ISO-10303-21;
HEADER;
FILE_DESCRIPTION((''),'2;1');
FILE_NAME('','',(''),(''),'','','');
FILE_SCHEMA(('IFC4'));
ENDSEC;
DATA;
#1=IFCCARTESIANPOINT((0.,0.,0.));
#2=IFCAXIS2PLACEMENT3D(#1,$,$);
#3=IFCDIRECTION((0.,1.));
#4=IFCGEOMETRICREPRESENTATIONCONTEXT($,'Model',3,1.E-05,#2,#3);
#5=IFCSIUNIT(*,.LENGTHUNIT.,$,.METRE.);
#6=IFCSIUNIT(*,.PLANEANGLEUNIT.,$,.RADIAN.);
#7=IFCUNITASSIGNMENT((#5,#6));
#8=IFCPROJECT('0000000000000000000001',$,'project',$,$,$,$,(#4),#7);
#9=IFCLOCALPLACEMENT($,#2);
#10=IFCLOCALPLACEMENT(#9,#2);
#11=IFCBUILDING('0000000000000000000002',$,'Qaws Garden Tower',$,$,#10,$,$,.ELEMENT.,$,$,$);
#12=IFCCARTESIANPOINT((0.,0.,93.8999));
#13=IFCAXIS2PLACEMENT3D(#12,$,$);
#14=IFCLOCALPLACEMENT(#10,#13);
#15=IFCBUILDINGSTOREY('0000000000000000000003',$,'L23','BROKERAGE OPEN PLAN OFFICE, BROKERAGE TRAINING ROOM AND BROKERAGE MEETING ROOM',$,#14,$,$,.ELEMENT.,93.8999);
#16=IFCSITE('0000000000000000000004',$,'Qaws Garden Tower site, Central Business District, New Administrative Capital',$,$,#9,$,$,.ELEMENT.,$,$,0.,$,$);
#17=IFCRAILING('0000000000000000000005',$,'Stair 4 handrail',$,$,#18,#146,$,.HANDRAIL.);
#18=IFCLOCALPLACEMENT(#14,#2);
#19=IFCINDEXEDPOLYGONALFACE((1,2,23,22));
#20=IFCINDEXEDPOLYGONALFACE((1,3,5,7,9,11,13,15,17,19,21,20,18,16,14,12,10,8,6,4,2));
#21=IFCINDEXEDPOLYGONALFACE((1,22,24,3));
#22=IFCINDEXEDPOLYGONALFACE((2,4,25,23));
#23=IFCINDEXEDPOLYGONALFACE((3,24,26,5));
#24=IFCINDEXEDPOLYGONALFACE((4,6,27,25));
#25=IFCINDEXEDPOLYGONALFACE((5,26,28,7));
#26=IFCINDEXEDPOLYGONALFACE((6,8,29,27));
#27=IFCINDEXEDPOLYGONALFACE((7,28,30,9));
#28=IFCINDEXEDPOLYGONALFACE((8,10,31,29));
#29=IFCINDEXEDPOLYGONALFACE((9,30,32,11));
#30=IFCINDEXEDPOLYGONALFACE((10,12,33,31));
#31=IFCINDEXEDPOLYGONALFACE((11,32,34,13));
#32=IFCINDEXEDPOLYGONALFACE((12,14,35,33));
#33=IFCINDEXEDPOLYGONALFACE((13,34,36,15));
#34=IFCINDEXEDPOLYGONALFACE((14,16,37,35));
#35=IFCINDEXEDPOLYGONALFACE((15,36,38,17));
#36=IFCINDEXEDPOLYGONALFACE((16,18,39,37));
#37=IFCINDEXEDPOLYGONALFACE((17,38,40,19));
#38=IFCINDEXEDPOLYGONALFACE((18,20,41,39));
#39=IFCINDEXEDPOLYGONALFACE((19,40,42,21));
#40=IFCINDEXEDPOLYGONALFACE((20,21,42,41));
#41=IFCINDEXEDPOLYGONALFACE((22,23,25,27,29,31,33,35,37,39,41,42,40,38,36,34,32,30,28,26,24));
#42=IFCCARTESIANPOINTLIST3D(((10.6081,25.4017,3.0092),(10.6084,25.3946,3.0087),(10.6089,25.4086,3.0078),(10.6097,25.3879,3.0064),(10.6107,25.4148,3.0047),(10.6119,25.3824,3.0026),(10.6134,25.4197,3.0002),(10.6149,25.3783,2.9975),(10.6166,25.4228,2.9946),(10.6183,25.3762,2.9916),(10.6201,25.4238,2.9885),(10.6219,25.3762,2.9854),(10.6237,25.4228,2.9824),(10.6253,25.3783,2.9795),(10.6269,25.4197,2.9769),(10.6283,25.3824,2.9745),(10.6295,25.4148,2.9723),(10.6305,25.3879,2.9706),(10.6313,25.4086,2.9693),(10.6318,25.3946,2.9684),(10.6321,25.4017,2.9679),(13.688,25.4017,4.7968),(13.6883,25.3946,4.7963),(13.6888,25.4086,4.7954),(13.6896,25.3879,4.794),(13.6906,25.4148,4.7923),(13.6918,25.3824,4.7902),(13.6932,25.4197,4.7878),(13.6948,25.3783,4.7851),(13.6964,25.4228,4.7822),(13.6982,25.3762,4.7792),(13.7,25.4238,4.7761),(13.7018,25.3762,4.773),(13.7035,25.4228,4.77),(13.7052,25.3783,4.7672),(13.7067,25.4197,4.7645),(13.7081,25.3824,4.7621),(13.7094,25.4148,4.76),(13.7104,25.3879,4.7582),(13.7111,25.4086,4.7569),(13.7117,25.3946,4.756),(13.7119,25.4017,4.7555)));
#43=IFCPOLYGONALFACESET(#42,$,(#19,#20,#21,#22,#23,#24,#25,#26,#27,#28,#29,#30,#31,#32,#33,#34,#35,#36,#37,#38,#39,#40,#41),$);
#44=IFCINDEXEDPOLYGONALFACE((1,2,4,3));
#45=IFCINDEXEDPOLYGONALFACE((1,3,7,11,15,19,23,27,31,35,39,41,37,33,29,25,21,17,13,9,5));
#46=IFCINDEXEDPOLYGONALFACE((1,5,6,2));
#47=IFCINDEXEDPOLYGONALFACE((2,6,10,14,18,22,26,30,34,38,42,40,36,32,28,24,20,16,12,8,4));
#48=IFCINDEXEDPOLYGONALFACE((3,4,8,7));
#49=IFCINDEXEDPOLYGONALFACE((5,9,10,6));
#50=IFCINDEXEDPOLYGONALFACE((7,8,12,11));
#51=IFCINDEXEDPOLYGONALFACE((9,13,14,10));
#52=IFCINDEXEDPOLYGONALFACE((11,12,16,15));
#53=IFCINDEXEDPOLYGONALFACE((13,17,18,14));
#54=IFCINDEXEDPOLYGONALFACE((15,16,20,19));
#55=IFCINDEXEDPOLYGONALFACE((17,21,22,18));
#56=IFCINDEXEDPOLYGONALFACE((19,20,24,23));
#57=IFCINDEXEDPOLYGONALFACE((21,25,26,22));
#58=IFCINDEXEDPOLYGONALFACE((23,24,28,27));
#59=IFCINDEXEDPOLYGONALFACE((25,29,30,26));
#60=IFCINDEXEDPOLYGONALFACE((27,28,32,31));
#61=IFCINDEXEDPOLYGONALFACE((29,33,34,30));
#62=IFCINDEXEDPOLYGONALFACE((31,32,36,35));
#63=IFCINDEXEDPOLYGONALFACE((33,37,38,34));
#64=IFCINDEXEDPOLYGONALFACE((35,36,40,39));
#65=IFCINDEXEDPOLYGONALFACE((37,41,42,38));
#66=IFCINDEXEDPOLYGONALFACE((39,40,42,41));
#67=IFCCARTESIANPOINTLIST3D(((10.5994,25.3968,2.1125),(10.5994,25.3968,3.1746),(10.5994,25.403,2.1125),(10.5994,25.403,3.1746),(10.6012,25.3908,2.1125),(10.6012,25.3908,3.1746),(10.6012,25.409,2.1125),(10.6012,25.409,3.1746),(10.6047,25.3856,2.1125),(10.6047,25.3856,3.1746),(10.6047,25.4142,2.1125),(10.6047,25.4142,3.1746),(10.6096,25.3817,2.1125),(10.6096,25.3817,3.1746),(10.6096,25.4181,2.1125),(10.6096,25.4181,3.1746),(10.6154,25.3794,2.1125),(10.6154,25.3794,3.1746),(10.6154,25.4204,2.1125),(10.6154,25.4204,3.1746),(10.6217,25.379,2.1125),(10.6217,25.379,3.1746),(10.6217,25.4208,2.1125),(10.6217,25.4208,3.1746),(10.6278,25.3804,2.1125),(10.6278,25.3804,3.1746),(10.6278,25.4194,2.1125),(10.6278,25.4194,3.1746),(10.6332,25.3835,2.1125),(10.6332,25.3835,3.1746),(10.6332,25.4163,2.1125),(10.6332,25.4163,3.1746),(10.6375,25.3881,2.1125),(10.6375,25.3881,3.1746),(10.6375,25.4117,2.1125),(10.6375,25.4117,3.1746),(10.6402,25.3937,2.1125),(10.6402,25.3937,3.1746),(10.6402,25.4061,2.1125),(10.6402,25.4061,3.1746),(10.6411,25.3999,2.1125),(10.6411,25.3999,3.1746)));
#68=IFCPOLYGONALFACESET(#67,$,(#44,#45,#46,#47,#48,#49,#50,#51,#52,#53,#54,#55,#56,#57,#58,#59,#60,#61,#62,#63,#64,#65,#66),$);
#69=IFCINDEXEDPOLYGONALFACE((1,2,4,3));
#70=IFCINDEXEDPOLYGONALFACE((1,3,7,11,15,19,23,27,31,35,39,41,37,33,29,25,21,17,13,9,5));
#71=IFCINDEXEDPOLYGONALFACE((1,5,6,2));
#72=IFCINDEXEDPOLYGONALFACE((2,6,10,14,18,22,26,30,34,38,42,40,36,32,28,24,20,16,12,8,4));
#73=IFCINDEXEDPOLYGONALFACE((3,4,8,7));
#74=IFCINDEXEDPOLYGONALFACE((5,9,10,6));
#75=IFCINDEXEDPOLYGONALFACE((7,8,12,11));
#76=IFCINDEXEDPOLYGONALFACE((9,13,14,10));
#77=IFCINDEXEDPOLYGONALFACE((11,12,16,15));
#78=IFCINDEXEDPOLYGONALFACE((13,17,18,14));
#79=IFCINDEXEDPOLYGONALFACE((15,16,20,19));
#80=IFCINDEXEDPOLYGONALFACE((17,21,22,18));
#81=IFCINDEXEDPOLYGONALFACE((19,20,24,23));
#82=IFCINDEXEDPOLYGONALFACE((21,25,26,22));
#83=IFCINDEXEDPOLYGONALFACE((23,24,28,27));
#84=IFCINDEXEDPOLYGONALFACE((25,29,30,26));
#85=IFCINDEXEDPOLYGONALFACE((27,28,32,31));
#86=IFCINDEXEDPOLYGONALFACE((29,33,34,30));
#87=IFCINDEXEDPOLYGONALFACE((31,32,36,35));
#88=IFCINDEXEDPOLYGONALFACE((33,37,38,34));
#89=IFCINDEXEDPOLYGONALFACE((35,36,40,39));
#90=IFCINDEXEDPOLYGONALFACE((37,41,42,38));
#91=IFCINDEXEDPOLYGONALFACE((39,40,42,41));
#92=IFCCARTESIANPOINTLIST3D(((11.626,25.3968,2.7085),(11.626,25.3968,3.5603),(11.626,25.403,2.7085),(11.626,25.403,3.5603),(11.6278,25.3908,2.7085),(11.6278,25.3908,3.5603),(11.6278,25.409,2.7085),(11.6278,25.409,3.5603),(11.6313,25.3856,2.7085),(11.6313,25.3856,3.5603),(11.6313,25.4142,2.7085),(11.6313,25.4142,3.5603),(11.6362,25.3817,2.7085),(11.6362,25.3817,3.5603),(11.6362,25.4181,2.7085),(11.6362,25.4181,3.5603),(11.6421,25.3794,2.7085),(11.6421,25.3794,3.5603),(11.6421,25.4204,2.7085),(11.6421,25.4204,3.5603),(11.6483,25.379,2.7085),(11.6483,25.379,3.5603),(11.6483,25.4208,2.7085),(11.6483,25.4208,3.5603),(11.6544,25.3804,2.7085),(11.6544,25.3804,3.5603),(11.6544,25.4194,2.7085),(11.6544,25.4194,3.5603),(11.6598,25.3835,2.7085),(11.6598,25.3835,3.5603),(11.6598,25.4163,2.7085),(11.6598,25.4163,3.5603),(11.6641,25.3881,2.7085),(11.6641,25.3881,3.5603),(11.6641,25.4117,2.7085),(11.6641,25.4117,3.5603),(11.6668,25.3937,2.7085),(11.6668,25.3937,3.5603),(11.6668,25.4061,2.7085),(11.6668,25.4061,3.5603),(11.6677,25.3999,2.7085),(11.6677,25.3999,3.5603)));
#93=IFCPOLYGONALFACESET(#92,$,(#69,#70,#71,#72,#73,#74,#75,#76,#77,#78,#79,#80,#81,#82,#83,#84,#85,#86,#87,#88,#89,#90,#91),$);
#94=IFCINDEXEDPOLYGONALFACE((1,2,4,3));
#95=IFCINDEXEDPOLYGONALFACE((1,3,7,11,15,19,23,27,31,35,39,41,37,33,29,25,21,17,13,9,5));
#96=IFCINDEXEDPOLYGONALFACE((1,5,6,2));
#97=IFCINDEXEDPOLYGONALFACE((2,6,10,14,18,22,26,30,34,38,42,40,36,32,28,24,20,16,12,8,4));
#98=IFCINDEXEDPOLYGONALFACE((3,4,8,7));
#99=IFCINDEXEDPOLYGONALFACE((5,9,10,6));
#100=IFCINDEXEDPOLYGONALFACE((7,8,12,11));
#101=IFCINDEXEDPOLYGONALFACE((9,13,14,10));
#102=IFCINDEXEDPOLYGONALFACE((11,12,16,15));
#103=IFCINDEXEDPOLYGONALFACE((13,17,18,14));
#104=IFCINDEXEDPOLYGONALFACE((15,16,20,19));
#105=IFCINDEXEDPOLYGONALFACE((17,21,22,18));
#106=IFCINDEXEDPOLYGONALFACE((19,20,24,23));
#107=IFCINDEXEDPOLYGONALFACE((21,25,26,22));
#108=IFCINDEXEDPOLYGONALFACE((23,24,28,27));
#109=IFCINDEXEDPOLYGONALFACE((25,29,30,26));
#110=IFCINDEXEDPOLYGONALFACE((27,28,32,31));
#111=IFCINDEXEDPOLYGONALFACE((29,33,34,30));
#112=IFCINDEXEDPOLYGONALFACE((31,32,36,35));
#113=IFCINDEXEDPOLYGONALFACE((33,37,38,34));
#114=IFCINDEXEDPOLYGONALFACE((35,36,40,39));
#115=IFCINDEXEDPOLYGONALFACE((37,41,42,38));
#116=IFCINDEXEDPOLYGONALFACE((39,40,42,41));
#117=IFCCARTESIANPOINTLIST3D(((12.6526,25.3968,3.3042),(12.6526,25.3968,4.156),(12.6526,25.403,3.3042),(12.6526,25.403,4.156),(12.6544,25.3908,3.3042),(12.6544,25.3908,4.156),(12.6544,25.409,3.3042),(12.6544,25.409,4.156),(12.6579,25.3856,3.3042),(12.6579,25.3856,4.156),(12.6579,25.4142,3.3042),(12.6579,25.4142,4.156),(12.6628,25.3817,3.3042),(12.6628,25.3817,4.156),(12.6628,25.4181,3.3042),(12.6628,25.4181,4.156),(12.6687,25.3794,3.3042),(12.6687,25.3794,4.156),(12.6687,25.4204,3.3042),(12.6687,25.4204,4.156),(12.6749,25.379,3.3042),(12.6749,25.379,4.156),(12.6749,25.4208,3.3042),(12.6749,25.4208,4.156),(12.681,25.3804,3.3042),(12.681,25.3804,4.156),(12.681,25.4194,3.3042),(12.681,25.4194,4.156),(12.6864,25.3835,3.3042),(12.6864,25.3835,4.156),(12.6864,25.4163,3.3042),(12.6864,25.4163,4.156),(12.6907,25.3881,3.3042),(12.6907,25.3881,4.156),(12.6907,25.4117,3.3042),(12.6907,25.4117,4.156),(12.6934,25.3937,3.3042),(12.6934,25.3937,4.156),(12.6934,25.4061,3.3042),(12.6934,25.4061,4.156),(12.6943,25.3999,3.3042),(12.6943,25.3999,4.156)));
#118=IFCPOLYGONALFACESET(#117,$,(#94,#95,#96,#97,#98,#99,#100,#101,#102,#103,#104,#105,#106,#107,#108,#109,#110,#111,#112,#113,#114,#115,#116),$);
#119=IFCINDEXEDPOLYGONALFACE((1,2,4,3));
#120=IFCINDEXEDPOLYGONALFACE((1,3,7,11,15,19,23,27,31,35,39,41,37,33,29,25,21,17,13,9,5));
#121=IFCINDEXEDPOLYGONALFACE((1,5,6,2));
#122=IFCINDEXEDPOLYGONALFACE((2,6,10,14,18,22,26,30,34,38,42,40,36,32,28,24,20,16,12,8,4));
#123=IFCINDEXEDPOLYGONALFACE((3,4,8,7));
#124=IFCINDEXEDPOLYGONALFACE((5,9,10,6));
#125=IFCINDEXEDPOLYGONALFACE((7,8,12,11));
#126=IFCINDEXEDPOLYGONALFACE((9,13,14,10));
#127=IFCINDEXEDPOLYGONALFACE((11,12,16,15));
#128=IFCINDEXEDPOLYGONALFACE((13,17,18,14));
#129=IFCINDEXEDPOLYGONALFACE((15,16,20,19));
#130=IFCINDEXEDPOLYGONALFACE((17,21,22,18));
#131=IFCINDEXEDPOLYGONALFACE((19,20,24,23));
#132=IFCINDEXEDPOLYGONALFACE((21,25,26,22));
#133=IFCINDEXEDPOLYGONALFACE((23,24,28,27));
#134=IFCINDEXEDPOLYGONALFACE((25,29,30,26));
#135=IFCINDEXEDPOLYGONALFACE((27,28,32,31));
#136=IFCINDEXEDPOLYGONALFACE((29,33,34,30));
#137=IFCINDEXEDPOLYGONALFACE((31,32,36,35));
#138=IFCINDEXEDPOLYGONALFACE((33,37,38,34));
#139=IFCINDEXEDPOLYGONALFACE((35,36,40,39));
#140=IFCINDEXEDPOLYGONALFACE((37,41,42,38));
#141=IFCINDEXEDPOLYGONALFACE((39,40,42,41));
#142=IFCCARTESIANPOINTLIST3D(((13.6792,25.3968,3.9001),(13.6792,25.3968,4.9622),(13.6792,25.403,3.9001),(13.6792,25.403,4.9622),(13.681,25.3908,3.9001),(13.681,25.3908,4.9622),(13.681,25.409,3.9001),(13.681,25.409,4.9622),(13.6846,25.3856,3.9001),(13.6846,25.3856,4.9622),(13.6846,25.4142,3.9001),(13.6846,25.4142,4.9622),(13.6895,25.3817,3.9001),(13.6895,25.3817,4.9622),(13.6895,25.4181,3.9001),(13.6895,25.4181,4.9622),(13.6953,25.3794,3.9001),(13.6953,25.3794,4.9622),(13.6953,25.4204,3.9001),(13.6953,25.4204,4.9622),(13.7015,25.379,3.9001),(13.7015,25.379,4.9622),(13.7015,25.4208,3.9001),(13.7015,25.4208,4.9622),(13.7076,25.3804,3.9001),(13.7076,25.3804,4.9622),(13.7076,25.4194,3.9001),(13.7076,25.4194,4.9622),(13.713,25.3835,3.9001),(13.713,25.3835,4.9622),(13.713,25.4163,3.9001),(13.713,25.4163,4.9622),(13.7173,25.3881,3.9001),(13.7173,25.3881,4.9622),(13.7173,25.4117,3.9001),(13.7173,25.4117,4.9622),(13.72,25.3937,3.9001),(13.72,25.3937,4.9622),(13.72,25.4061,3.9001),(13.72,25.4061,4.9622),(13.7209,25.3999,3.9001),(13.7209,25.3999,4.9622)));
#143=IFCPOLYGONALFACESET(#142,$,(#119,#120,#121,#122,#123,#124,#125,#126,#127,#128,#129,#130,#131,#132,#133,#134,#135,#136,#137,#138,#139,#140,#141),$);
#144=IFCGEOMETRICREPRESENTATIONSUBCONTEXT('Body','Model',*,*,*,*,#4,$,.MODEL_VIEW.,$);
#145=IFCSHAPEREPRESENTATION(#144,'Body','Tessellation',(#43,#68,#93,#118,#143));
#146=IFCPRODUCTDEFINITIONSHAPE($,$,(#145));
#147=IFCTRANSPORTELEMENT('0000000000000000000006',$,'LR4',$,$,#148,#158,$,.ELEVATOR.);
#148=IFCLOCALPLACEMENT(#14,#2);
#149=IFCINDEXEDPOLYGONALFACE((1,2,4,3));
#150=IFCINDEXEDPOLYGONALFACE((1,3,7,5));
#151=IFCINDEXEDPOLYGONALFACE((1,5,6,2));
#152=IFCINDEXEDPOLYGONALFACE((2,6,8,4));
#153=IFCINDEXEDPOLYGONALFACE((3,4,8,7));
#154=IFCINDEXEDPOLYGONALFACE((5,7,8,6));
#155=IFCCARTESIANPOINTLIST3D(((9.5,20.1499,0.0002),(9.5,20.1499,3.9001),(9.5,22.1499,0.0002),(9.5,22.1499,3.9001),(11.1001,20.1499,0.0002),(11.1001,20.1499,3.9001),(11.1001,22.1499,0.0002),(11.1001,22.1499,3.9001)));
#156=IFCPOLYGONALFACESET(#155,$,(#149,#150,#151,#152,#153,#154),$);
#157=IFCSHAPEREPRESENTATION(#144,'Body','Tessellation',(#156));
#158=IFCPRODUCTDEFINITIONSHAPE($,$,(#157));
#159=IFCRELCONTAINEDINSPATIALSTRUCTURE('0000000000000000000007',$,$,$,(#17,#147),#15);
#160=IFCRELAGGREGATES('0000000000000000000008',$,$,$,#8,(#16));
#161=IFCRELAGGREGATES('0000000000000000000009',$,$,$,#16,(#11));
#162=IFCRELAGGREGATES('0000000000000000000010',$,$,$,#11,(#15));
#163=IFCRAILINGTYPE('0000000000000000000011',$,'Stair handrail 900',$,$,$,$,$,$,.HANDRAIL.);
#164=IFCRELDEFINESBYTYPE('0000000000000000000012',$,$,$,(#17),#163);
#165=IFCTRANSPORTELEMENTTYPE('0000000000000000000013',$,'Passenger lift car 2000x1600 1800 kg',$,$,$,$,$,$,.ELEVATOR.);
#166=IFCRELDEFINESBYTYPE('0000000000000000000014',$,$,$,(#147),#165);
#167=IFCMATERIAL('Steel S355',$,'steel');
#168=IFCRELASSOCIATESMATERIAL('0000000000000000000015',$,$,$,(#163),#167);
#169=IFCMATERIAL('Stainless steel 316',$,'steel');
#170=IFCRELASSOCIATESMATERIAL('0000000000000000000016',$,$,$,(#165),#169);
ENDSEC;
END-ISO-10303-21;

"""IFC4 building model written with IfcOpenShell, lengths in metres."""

from ifc_helpers import new_model, si_unit, direction, frame, origin, origin_2d, place, context, subcontext, project, spatial, rectangle, circle, extrude, material, type_object, element, save


model = new_model("IFC4")

# Units and contexts
model_context = context("Model", 3, precision=1e-05, world=origin(), true_north=direction((0.0, 1.0)))
body_context = subcontext(model_context, "Body", "Model", "MODEL_VIEW")
ifc_project = project(units=[si_unit("LENGTHUNIT", "METRE"), si_unit("PLANEANGLEUNIT", "RADIAN")], contexts=[model_context])

# Site, building, storey
site_placement = place(None, origin())
site = spatial("IfcSite", under=ifc_project, at=site_placement, Name="Qaws Garden Tower site, Central Business District, New Administrative Capital", CompositionType="ELEMENT", RefElevation=0.0)
building_placement = place(site_placement, origin())
building = spatial("IfcBuilding", under=site, at=building_placement, Name="Qaws Garden Tower", CompositionType="ELEMENT")
storey_placement = place(building_placement, frame((0.0, 0.0, 93.8999)))
storey = spatial("IfcBuildingStorey", under=building, at=storey_placement, Name="L23", Description="BROKERAGE OPEN PLAN OFFICE, BROKERAGE TRAINING ROOM AND BROKERAGE MEETING ROOM", CompositionType="ELEMENT", Elevation=93.8999)

# Railing
ifc_material_1 = material(Name="Steel S355", Category="steel")
railing_type = type_object("IfcRailingType", Name="Stair handrail 900", PredefinedType="HANDRAIL", material=ifc_material_1)
railing_1_placement = place(storey_placement, frame((10.6201, 25.3999, 2.1125)))
element("IfcRailing", 1, at=railing_1_placement, inside=storey, type_object=railing_type, Name="Stair 4 handrail", PredefinedType="HANDRAIL", context=body_context, shape_type="SweptSolid", body=[
    extrude(circle(Radius=0.0239, at=origin_2d()), frame((0.0, 0.0, 0.876), z_axis=(0.864873, 0.0, 0.50199), x_axis=(0.0, 1.0, 0.0)), (0.0, 0.0, 1.0), 3.561),
    extrude(circle(Radius=0.021, at=origin_2d()), origin(), (0.0, 0.0, 1.0), 1.062),
    extrude(circle(Radius=0.021, at=origin_2d()), frame((1.0266, 0.0, 0.5959)), (0.0, 0.0, 1.0), 0.8518),
    extrude(circle(Radius=0.021, at=origin_2d()), frame((2.0532, 0.0, 1.1917)), (0.0, 0.0, 1.0), 0.8518),
    extrude(circle(Radius=0.021, at=origin_2d()), frame((3.0798, 0.0, 1.7876)), (0.0, 0.0, 1.0), 1.062),
])

# Transport element
ifc_material_2 = material(Name="Stainless steel 316", Category="steel")
transport_element_type = type_object("IfcTransportElementType", Name="Passenger lift car 2000x1600 1800 kg", PredefinedType="ELEVATOR", material=ifc_material_2)
transport_element_placement = place(storey_placement, frame((10.3, 21.1499, 0.0002), z_axis=(0.0, 0.0, 1.0), x_axis=(1.0, 0.0, 0.0)))
element("IfcTransportElement", 2, at=transport_element_placement, inside=storey, type_object=transport_element_type, Name="LR4", PredefinedType="ELEVATOR", context=body_context, shape_type="SweptSolid", body=[
    extrude(rectangle(XDim=1.6001, YDim=2.0, at=origin_2d()), origin(), (0.0, 0.0, 1.0), 3.8999),
])

save(model, "model.ifc")
